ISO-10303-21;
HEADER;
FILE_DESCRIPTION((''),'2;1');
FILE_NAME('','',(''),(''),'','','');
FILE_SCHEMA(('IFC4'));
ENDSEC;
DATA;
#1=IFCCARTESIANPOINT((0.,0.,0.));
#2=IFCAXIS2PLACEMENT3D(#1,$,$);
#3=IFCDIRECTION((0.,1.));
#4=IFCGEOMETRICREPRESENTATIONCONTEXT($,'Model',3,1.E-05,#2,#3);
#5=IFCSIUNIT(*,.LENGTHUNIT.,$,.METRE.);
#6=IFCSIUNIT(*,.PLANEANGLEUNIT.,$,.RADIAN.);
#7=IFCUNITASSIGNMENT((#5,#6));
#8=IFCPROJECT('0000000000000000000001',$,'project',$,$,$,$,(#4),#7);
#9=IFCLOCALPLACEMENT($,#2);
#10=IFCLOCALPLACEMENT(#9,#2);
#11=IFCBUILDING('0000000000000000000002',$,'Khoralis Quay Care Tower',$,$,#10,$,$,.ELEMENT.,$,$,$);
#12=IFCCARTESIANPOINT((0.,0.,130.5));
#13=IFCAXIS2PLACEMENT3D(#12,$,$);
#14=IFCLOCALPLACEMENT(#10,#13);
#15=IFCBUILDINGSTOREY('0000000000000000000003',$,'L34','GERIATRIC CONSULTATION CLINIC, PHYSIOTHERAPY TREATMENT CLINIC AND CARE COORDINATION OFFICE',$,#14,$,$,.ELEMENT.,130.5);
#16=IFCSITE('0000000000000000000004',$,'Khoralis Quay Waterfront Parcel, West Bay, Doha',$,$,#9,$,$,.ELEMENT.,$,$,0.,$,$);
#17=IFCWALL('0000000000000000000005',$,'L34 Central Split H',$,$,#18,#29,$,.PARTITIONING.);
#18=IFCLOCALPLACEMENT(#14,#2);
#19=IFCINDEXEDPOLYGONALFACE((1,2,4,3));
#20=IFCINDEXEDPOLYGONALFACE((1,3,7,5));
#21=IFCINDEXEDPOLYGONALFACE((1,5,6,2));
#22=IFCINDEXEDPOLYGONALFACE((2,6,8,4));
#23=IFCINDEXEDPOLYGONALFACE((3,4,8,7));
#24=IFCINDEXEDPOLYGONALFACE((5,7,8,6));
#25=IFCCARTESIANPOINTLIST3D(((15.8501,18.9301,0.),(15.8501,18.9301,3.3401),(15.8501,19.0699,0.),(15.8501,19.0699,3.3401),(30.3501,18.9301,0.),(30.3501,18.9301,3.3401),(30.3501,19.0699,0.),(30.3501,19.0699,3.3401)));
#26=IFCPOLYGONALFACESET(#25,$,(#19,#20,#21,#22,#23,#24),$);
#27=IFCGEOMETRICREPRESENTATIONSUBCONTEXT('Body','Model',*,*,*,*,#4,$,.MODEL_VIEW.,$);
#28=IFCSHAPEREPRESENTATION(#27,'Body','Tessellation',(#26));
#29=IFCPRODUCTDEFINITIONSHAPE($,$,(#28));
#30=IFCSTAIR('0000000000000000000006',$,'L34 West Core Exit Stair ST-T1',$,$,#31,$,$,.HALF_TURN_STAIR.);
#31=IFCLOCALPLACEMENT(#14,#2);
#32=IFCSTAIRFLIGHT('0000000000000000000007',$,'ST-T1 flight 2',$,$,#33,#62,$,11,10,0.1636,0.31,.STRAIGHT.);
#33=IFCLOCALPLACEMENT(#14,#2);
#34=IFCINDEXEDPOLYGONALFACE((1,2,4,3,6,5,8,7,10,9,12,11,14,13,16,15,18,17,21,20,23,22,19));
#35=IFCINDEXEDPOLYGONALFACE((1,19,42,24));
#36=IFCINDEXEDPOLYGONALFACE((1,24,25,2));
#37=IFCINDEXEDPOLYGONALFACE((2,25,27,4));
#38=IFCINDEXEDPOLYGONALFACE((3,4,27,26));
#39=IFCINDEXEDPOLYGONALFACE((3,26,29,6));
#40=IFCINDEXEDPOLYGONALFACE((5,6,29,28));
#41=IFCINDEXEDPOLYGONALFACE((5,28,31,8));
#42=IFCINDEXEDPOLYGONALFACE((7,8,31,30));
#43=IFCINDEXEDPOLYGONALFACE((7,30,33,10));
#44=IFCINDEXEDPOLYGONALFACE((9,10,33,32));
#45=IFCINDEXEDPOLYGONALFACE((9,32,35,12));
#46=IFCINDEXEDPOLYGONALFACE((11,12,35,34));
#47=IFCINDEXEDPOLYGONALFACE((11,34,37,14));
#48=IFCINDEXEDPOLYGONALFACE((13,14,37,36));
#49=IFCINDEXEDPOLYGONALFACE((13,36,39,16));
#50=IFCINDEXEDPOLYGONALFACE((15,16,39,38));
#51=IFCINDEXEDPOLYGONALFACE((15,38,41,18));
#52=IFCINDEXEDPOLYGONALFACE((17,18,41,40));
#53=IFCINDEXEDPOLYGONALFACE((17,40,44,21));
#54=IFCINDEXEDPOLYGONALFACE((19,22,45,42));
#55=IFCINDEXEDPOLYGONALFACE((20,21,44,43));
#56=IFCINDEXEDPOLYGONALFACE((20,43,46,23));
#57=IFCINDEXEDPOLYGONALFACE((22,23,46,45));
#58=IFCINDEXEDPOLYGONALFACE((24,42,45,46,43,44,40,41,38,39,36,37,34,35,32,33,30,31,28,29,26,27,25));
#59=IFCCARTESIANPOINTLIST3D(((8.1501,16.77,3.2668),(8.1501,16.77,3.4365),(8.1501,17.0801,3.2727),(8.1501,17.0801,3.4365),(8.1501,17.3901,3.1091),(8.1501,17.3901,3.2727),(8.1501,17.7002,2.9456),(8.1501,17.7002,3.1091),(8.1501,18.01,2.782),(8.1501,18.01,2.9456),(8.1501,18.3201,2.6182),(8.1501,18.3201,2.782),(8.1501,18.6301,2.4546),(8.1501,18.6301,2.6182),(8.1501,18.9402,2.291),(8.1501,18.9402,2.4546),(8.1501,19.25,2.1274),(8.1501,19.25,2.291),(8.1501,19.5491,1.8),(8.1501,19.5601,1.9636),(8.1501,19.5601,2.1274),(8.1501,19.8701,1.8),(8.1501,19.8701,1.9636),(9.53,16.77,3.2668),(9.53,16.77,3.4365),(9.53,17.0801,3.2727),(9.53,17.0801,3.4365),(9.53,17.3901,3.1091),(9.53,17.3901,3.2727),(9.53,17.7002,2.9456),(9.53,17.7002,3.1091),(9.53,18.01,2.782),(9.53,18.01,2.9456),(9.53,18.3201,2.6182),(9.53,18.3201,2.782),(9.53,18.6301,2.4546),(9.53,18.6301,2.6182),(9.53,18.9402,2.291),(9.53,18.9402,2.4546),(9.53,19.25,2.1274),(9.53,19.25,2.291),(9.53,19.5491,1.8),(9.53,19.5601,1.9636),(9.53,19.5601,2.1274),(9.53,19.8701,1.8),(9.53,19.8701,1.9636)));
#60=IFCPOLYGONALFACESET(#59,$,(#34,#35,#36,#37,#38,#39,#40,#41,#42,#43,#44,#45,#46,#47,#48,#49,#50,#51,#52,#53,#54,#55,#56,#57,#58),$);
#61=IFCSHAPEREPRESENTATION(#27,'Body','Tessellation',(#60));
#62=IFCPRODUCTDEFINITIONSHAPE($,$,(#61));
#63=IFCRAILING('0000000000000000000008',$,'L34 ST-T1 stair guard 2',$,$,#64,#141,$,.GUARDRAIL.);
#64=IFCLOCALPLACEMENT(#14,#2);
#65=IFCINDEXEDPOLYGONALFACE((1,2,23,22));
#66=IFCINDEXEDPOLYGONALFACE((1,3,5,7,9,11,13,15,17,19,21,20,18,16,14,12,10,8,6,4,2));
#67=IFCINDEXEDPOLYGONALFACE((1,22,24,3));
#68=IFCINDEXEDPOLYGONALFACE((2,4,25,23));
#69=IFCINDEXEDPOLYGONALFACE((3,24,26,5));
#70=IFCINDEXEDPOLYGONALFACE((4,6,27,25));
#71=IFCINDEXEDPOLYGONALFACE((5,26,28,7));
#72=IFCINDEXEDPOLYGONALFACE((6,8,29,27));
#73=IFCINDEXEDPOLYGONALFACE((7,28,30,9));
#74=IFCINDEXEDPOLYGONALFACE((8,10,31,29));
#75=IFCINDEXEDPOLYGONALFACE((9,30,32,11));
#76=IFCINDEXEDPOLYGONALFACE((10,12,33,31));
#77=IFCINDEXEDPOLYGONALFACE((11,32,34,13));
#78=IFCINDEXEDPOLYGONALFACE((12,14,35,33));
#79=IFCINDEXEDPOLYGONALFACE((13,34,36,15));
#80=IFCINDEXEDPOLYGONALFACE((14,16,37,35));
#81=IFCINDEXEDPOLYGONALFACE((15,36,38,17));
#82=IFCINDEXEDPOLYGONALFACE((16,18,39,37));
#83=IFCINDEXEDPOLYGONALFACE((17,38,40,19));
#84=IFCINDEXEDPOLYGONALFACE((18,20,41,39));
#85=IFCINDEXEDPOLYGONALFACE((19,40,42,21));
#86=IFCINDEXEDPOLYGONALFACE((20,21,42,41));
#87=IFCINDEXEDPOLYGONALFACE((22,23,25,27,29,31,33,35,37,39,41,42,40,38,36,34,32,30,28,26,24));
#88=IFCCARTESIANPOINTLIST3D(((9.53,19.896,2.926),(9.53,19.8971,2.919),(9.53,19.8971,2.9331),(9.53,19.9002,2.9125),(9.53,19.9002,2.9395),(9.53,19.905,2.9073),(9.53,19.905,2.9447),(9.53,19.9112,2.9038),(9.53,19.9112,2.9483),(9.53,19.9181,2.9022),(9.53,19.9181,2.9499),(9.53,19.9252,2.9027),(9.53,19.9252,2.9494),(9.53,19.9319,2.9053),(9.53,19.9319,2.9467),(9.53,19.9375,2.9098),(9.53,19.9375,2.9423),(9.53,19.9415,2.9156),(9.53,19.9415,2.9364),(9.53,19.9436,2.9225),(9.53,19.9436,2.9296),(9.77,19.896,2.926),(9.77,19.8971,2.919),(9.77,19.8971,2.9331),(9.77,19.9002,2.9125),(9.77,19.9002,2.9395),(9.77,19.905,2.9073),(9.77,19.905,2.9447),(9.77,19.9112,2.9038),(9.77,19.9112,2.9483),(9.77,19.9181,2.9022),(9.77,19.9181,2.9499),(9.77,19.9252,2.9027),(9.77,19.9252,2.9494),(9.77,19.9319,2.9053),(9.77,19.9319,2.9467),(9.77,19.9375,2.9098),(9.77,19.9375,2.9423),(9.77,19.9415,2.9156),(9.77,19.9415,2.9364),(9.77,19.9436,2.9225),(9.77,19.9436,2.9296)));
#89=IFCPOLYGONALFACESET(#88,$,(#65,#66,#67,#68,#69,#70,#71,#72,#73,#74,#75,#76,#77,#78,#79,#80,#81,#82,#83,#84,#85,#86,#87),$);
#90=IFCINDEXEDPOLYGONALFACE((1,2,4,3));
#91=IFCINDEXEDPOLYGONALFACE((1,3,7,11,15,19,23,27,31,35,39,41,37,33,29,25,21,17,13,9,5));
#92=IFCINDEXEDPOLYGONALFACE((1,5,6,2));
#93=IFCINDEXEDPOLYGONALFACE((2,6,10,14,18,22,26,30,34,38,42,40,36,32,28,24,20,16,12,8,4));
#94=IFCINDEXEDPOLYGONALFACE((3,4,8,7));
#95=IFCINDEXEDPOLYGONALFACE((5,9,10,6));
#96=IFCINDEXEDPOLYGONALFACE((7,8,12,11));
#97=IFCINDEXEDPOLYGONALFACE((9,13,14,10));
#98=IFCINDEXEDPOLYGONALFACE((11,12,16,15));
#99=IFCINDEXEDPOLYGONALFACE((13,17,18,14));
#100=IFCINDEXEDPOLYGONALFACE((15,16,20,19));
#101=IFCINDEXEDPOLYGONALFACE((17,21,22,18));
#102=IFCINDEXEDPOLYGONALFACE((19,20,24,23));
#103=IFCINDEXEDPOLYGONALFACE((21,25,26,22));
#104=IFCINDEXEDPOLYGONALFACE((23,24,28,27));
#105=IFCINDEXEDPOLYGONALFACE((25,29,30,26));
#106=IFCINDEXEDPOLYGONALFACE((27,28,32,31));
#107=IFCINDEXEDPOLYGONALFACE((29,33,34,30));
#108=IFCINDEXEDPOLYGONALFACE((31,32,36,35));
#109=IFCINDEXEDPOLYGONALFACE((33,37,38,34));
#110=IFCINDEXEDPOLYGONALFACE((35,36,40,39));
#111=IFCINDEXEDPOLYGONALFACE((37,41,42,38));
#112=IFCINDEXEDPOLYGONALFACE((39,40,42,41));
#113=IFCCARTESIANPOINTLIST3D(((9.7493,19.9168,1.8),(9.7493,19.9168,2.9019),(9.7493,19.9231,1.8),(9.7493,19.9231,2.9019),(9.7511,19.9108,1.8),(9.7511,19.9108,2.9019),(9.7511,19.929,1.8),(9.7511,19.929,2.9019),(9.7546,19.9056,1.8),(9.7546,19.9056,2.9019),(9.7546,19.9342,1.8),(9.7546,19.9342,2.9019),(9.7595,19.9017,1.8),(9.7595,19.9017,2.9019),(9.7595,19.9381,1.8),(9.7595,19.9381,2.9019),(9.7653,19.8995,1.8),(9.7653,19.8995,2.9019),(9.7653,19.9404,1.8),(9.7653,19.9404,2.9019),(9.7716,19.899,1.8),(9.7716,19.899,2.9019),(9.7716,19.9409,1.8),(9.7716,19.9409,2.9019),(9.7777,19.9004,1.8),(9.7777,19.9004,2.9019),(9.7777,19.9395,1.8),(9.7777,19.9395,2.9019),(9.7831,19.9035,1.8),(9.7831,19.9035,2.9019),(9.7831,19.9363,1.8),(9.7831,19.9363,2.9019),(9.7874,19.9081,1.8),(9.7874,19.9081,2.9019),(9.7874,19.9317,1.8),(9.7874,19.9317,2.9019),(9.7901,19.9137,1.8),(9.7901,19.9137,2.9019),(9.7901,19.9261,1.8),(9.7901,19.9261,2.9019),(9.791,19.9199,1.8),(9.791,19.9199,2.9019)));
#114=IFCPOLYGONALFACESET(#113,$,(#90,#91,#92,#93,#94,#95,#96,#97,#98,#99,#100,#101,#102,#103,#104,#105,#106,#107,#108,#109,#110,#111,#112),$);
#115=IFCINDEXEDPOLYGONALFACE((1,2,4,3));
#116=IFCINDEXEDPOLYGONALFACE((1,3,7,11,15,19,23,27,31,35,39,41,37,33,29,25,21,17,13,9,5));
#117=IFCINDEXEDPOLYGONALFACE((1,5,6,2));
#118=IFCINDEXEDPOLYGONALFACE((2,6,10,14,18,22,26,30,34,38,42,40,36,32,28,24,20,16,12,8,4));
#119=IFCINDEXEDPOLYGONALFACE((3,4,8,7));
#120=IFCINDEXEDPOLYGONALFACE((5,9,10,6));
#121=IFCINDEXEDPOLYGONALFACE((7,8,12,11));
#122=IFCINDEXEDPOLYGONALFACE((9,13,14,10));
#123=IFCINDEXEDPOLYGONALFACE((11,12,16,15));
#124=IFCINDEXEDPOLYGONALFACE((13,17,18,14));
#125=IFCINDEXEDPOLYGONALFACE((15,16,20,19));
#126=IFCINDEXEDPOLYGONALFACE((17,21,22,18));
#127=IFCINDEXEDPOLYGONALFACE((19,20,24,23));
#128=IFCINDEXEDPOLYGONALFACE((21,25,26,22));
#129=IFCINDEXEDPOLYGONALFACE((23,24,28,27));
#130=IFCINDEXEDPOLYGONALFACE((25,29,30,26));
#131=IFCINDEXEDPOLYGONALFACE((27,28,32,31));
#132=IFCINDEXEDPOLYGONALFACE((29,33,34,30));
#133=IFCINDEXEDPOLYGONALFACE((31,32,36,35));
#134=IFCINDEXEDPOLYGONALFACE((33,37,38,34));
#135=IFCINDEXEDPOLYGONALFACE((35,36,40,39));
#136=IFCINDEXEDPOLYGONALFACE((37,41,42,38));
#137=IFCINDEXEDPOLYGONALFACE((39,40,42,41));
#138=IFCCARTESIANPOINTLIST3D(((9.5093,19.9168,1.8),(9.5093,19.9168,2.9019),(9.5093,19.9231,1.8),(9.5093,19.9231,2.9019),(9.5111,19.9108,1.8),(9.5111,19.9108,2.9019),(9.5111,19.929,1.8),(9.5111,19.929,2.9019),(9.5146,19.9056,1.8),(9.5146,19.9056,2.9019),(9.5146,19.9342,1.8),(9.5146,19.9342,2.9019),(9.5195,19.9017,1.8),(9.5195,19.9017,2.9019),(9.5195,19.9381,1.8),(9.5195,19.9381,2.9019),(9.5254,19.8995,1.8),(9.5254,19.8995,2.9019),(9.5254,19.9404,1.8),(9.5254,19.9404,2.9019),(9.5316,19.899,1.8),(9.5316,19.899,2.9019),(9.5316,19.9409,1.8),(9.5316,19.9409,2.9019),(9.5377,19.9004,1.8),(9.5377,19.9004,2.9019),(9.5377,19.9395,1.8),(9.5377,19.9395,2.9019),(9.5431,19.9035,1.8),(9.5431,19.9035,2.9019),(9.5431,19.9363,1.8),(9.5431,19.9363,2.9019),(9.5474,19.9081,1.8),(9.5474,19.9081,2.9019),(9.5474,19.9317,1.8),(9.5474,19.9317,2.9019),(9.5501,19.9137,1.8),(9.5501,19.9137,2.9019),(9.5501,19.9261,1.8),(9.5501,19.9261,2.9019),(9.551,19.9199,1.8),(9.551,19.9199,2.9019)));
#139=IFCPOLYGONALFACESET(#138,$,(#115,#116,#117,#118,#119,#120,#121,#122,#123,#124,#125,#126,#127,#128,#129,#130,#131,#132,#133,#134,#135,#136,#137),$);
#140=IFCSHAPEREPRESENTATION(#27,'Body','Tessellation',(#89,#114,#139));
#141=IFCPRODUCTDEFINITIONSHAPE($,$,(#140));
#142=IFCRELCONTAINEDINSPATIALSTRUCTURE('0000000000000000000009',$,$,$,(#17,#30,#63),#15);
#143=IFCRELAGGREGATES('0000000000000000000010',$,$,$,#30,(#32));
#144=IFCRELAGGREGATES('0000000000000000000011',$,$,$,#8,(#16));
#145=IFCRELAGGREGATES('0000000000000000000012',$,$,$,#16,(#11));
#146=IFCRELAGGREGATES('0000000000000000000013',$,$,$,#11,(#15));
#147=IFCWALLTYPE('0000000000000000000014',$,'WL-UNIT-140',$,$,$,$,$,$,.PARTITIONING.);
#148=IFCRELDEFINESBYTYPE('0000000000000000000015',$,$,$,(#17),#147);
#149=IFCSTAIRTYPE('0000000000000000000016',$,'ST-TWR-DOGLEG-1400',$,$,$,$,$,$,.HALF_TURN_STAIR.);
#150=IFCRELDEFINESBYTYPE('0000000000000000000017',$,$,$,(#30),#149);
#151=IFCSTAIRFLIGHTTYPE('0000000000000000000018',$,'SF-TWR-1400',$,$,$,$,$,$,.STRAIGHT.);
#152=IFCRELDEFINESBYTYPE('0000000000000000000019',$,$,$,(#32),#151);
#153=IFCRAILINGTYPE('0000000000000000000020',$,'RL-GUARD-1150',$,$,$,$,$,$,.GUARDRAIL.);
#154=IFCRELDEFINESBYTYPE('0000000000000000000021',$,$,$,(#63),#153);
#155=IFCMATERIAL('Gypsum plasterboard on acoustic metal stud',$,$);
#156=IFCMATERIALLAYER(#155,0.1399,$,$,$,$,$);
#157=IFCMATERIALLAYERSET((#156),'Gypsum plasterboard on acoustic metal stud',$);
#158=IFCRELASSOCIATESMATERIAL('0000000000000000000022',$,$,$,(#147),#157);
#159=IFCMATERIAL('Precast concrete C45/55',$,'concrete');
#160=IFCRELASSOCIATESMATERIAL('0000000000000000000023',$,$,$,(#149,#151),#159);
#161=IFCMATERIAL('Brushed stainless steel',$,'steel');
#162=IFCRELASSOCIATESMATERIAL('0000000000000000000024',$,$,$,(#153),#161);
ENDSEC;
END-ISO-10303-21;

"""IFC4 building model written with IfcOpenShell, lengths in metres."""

from ifc_helpers import new_model, si_unit, direction, frame, frame_2d, origin, origin_2d, place, context, subcontext, project, spatial, polyline, rectangle, circle, outline, extrude, source, transform, mapped, material, layer, layer_set, type_object, element, aggregate, save


model = new_model("IFC4")

# Units and contexts
model_context = context("Model", 3, precision=1e-05, world=origin(), true_north=direction((0.0, 1.0)))
body_context = subcontext(model_context, "Body", "Model", "MODEL_VIEW")
ifc_project = project(units=[si_unit("LENGTHUNIT", "METRE"), si_unit("PLANEANGLEUNIT", "RADIAN")], contexts=[model_context])

# Site, building, storey
site_placement = place(None, origin())
site = spatial("IfcSite", under=ifc_project, at=site_placement, Name="Khoralis Quay Waterfront Parcel, West Bay, Doha", CompositionType="ELEMENT", RefElevation=0.0)
building_placement = place(site_placement, origin())
building = spatial("IfcBuilding", under=site, at=building_placement, Name="Khoralis Quay Care Tower", CompositionType="ELEMENT")
storey_placement = place(building_placement, frame((0.0, 0.0, 130.5)))
storey = spatial("IfcBuildingStorey", under=building, at=storey_placement, Name="L34", Description="GERIATRIC CONSULTATION CLINIC, PHYSIOTHERAPY TREATMENT CLINIC AND CARE COORDINATION OFFICE", CompositionType="ELEMENT", Elevation=130.5)

# Wall
ifc_material_1 = material(Name="Gypsum plasterboard on acoustic metal stud")
ifc_layer_1 = layer(ifc_material_1, 0.1399)
ifc_layer_set_1 = layer_set([ifc_layer_1], Name="Gypsum plasterboard on acoustic metal stud")
wall_type_1 = type_object("IfcWallType", Name="WL-UNIT-140", PredefinedType="PARTITIONING", material=ifc_layer_set_1)
wall_1_placement = place(storey_placement, frame((15.8501, 19.0, 0.0), z_axis=(0.0, 0.0, 1.0), x_axis=(1.0, 0.0, 0.0)))
element("IfcWall", 1, at=wall_1_placement, inside=storey, type_object=wall_type_1, Name="L34 Central Split H", PredefinedType="PARTITIONING", context=body_context, shape_type="SweptSolid", body=[
    extrude(rectangle(XDim=14.5, YDim=0.1399, at=frame_2d((7.25, 0.0))), origin(), (0.0, 0.0, 1.0), 3.3401),
])

# Stair, stair flight
ifc_material_2 = material(Name="Precast concrete C45/55", Category="concrete")
stair_type = type_object("IfcStairType", Name="ST-TWR-DOGLEG-1400", PredefinedType="HALF_TURN_STAIR", material=ifc_material_2)
stair_placement = place(storey_placement, origin())
stair = element("IfcStair", 2, at=stair_placement, inside=storey, type_object=stair_type, Name="L34 West Core Exit Stair ST-T1", PredefinedType="HALF_TURN_STAIR")
stair_flight_type = type_object("IfcStairFlightType", Name="SF-TWR-1400", PredefinedType="STRAIGHT", material=ifc_material_2)
shared_shape_1 = source(origin(), body_context, "Body", "SweptSolid", [
    extrude(outline(polyline([(0.0, 0.0), (0.0, 0.1636), (0.3101, 0.1636), (0.3101, 0.3274), (0.6201, 0.3274), (0.6201, 0.491), (0.9299, 0.491), (0.9299, 0.6545), (1.24, 0.6545), (1.24, 0.8181), (1.55, 0.8181), (1.55, 0.9819), (1.8601, 0.9819), (1.8601, 1.1455), (2.1699, 1.1455), (2.1699, 1.3091), (2.48, 1.3091), (2.48, 1.4727), (2.79, 1.4727), (2.79, 1.6365), (3.1001, 1.6365), (3.1001, 1.8), (3.1001, 1.4668), (0.321, 0.0), (0.0, 0.0)])), frame((0.0, 0.6899, 0.0), z_axis=(0.0, -1.0, 0.0), x_axis=(1.0, 0.0, 0.0)), (0.0, 0.0, 1.0), 1.3799),
])
stair_flight_placement = place(storey_placement, frame((8.8401, 19.8701, 1.8), z_axis=(0.0, 0.0, 1.0), x_axis=(0.0, -1.0, 0.0)))
stair_flight = element("IfcStairFlight", 3, at=stair_flight_placement, type_object=stair_flight_type, Name="ST-T1 flight 2", NumberOfRisers=11, NumberOfTreads=10, PredefinedType="STRAIGHT", RiserHeight=0.1636, TreadLength=0.31, context=body_context, shape_type="MappedRepresentation", body=[
    mapped(shared_shape_1, transform((0.0, 0.0, 0.0), scale=1.0)),
])
aggregate(stair, [stair_flight])

# Railing
ifc_material_3 = material(Name="Brushed stainless steel", Category="steel")
railing_type_1 = type_object("IfcRailingType", Name="RL-GUARD-1150", PredefinedType="GUARDRAIL", material=ifc_material_3)
railing_1_placement = place(storey_placement, frame((9.77, 19.9199, 1.8)))
element("IfcRailing", 4, at=railing_1_placement, inside=storey, type_object=railing_type_1, Name="L34 ST-T1 stair guard 2", PredefinedType="GUARDRAIL", context=body_context, shape_type="SweptSolid", body=[
    extrude(circle(Radius=0.0239, at=origin_2d()), frame((0.0, 0.0, 1.126), z_axis=(-1.0, 0.0, 0.0), x_axis=(0.0, -1.0, 0.0)), (0.0, 0.0, 1.0), 0.24),
    extrude(circle(Radius=0.021, at=origin_2d()), origin(), (0.0, 0.0, 1.0), 1.1018),
    extrude(circle(Radius=0.021, at=origin_2d()), frame((-0.24, 0.0, 0.0)), (0.0, 0.0, 1.0), 1.1018),
])

save(model, "model.ifc")
